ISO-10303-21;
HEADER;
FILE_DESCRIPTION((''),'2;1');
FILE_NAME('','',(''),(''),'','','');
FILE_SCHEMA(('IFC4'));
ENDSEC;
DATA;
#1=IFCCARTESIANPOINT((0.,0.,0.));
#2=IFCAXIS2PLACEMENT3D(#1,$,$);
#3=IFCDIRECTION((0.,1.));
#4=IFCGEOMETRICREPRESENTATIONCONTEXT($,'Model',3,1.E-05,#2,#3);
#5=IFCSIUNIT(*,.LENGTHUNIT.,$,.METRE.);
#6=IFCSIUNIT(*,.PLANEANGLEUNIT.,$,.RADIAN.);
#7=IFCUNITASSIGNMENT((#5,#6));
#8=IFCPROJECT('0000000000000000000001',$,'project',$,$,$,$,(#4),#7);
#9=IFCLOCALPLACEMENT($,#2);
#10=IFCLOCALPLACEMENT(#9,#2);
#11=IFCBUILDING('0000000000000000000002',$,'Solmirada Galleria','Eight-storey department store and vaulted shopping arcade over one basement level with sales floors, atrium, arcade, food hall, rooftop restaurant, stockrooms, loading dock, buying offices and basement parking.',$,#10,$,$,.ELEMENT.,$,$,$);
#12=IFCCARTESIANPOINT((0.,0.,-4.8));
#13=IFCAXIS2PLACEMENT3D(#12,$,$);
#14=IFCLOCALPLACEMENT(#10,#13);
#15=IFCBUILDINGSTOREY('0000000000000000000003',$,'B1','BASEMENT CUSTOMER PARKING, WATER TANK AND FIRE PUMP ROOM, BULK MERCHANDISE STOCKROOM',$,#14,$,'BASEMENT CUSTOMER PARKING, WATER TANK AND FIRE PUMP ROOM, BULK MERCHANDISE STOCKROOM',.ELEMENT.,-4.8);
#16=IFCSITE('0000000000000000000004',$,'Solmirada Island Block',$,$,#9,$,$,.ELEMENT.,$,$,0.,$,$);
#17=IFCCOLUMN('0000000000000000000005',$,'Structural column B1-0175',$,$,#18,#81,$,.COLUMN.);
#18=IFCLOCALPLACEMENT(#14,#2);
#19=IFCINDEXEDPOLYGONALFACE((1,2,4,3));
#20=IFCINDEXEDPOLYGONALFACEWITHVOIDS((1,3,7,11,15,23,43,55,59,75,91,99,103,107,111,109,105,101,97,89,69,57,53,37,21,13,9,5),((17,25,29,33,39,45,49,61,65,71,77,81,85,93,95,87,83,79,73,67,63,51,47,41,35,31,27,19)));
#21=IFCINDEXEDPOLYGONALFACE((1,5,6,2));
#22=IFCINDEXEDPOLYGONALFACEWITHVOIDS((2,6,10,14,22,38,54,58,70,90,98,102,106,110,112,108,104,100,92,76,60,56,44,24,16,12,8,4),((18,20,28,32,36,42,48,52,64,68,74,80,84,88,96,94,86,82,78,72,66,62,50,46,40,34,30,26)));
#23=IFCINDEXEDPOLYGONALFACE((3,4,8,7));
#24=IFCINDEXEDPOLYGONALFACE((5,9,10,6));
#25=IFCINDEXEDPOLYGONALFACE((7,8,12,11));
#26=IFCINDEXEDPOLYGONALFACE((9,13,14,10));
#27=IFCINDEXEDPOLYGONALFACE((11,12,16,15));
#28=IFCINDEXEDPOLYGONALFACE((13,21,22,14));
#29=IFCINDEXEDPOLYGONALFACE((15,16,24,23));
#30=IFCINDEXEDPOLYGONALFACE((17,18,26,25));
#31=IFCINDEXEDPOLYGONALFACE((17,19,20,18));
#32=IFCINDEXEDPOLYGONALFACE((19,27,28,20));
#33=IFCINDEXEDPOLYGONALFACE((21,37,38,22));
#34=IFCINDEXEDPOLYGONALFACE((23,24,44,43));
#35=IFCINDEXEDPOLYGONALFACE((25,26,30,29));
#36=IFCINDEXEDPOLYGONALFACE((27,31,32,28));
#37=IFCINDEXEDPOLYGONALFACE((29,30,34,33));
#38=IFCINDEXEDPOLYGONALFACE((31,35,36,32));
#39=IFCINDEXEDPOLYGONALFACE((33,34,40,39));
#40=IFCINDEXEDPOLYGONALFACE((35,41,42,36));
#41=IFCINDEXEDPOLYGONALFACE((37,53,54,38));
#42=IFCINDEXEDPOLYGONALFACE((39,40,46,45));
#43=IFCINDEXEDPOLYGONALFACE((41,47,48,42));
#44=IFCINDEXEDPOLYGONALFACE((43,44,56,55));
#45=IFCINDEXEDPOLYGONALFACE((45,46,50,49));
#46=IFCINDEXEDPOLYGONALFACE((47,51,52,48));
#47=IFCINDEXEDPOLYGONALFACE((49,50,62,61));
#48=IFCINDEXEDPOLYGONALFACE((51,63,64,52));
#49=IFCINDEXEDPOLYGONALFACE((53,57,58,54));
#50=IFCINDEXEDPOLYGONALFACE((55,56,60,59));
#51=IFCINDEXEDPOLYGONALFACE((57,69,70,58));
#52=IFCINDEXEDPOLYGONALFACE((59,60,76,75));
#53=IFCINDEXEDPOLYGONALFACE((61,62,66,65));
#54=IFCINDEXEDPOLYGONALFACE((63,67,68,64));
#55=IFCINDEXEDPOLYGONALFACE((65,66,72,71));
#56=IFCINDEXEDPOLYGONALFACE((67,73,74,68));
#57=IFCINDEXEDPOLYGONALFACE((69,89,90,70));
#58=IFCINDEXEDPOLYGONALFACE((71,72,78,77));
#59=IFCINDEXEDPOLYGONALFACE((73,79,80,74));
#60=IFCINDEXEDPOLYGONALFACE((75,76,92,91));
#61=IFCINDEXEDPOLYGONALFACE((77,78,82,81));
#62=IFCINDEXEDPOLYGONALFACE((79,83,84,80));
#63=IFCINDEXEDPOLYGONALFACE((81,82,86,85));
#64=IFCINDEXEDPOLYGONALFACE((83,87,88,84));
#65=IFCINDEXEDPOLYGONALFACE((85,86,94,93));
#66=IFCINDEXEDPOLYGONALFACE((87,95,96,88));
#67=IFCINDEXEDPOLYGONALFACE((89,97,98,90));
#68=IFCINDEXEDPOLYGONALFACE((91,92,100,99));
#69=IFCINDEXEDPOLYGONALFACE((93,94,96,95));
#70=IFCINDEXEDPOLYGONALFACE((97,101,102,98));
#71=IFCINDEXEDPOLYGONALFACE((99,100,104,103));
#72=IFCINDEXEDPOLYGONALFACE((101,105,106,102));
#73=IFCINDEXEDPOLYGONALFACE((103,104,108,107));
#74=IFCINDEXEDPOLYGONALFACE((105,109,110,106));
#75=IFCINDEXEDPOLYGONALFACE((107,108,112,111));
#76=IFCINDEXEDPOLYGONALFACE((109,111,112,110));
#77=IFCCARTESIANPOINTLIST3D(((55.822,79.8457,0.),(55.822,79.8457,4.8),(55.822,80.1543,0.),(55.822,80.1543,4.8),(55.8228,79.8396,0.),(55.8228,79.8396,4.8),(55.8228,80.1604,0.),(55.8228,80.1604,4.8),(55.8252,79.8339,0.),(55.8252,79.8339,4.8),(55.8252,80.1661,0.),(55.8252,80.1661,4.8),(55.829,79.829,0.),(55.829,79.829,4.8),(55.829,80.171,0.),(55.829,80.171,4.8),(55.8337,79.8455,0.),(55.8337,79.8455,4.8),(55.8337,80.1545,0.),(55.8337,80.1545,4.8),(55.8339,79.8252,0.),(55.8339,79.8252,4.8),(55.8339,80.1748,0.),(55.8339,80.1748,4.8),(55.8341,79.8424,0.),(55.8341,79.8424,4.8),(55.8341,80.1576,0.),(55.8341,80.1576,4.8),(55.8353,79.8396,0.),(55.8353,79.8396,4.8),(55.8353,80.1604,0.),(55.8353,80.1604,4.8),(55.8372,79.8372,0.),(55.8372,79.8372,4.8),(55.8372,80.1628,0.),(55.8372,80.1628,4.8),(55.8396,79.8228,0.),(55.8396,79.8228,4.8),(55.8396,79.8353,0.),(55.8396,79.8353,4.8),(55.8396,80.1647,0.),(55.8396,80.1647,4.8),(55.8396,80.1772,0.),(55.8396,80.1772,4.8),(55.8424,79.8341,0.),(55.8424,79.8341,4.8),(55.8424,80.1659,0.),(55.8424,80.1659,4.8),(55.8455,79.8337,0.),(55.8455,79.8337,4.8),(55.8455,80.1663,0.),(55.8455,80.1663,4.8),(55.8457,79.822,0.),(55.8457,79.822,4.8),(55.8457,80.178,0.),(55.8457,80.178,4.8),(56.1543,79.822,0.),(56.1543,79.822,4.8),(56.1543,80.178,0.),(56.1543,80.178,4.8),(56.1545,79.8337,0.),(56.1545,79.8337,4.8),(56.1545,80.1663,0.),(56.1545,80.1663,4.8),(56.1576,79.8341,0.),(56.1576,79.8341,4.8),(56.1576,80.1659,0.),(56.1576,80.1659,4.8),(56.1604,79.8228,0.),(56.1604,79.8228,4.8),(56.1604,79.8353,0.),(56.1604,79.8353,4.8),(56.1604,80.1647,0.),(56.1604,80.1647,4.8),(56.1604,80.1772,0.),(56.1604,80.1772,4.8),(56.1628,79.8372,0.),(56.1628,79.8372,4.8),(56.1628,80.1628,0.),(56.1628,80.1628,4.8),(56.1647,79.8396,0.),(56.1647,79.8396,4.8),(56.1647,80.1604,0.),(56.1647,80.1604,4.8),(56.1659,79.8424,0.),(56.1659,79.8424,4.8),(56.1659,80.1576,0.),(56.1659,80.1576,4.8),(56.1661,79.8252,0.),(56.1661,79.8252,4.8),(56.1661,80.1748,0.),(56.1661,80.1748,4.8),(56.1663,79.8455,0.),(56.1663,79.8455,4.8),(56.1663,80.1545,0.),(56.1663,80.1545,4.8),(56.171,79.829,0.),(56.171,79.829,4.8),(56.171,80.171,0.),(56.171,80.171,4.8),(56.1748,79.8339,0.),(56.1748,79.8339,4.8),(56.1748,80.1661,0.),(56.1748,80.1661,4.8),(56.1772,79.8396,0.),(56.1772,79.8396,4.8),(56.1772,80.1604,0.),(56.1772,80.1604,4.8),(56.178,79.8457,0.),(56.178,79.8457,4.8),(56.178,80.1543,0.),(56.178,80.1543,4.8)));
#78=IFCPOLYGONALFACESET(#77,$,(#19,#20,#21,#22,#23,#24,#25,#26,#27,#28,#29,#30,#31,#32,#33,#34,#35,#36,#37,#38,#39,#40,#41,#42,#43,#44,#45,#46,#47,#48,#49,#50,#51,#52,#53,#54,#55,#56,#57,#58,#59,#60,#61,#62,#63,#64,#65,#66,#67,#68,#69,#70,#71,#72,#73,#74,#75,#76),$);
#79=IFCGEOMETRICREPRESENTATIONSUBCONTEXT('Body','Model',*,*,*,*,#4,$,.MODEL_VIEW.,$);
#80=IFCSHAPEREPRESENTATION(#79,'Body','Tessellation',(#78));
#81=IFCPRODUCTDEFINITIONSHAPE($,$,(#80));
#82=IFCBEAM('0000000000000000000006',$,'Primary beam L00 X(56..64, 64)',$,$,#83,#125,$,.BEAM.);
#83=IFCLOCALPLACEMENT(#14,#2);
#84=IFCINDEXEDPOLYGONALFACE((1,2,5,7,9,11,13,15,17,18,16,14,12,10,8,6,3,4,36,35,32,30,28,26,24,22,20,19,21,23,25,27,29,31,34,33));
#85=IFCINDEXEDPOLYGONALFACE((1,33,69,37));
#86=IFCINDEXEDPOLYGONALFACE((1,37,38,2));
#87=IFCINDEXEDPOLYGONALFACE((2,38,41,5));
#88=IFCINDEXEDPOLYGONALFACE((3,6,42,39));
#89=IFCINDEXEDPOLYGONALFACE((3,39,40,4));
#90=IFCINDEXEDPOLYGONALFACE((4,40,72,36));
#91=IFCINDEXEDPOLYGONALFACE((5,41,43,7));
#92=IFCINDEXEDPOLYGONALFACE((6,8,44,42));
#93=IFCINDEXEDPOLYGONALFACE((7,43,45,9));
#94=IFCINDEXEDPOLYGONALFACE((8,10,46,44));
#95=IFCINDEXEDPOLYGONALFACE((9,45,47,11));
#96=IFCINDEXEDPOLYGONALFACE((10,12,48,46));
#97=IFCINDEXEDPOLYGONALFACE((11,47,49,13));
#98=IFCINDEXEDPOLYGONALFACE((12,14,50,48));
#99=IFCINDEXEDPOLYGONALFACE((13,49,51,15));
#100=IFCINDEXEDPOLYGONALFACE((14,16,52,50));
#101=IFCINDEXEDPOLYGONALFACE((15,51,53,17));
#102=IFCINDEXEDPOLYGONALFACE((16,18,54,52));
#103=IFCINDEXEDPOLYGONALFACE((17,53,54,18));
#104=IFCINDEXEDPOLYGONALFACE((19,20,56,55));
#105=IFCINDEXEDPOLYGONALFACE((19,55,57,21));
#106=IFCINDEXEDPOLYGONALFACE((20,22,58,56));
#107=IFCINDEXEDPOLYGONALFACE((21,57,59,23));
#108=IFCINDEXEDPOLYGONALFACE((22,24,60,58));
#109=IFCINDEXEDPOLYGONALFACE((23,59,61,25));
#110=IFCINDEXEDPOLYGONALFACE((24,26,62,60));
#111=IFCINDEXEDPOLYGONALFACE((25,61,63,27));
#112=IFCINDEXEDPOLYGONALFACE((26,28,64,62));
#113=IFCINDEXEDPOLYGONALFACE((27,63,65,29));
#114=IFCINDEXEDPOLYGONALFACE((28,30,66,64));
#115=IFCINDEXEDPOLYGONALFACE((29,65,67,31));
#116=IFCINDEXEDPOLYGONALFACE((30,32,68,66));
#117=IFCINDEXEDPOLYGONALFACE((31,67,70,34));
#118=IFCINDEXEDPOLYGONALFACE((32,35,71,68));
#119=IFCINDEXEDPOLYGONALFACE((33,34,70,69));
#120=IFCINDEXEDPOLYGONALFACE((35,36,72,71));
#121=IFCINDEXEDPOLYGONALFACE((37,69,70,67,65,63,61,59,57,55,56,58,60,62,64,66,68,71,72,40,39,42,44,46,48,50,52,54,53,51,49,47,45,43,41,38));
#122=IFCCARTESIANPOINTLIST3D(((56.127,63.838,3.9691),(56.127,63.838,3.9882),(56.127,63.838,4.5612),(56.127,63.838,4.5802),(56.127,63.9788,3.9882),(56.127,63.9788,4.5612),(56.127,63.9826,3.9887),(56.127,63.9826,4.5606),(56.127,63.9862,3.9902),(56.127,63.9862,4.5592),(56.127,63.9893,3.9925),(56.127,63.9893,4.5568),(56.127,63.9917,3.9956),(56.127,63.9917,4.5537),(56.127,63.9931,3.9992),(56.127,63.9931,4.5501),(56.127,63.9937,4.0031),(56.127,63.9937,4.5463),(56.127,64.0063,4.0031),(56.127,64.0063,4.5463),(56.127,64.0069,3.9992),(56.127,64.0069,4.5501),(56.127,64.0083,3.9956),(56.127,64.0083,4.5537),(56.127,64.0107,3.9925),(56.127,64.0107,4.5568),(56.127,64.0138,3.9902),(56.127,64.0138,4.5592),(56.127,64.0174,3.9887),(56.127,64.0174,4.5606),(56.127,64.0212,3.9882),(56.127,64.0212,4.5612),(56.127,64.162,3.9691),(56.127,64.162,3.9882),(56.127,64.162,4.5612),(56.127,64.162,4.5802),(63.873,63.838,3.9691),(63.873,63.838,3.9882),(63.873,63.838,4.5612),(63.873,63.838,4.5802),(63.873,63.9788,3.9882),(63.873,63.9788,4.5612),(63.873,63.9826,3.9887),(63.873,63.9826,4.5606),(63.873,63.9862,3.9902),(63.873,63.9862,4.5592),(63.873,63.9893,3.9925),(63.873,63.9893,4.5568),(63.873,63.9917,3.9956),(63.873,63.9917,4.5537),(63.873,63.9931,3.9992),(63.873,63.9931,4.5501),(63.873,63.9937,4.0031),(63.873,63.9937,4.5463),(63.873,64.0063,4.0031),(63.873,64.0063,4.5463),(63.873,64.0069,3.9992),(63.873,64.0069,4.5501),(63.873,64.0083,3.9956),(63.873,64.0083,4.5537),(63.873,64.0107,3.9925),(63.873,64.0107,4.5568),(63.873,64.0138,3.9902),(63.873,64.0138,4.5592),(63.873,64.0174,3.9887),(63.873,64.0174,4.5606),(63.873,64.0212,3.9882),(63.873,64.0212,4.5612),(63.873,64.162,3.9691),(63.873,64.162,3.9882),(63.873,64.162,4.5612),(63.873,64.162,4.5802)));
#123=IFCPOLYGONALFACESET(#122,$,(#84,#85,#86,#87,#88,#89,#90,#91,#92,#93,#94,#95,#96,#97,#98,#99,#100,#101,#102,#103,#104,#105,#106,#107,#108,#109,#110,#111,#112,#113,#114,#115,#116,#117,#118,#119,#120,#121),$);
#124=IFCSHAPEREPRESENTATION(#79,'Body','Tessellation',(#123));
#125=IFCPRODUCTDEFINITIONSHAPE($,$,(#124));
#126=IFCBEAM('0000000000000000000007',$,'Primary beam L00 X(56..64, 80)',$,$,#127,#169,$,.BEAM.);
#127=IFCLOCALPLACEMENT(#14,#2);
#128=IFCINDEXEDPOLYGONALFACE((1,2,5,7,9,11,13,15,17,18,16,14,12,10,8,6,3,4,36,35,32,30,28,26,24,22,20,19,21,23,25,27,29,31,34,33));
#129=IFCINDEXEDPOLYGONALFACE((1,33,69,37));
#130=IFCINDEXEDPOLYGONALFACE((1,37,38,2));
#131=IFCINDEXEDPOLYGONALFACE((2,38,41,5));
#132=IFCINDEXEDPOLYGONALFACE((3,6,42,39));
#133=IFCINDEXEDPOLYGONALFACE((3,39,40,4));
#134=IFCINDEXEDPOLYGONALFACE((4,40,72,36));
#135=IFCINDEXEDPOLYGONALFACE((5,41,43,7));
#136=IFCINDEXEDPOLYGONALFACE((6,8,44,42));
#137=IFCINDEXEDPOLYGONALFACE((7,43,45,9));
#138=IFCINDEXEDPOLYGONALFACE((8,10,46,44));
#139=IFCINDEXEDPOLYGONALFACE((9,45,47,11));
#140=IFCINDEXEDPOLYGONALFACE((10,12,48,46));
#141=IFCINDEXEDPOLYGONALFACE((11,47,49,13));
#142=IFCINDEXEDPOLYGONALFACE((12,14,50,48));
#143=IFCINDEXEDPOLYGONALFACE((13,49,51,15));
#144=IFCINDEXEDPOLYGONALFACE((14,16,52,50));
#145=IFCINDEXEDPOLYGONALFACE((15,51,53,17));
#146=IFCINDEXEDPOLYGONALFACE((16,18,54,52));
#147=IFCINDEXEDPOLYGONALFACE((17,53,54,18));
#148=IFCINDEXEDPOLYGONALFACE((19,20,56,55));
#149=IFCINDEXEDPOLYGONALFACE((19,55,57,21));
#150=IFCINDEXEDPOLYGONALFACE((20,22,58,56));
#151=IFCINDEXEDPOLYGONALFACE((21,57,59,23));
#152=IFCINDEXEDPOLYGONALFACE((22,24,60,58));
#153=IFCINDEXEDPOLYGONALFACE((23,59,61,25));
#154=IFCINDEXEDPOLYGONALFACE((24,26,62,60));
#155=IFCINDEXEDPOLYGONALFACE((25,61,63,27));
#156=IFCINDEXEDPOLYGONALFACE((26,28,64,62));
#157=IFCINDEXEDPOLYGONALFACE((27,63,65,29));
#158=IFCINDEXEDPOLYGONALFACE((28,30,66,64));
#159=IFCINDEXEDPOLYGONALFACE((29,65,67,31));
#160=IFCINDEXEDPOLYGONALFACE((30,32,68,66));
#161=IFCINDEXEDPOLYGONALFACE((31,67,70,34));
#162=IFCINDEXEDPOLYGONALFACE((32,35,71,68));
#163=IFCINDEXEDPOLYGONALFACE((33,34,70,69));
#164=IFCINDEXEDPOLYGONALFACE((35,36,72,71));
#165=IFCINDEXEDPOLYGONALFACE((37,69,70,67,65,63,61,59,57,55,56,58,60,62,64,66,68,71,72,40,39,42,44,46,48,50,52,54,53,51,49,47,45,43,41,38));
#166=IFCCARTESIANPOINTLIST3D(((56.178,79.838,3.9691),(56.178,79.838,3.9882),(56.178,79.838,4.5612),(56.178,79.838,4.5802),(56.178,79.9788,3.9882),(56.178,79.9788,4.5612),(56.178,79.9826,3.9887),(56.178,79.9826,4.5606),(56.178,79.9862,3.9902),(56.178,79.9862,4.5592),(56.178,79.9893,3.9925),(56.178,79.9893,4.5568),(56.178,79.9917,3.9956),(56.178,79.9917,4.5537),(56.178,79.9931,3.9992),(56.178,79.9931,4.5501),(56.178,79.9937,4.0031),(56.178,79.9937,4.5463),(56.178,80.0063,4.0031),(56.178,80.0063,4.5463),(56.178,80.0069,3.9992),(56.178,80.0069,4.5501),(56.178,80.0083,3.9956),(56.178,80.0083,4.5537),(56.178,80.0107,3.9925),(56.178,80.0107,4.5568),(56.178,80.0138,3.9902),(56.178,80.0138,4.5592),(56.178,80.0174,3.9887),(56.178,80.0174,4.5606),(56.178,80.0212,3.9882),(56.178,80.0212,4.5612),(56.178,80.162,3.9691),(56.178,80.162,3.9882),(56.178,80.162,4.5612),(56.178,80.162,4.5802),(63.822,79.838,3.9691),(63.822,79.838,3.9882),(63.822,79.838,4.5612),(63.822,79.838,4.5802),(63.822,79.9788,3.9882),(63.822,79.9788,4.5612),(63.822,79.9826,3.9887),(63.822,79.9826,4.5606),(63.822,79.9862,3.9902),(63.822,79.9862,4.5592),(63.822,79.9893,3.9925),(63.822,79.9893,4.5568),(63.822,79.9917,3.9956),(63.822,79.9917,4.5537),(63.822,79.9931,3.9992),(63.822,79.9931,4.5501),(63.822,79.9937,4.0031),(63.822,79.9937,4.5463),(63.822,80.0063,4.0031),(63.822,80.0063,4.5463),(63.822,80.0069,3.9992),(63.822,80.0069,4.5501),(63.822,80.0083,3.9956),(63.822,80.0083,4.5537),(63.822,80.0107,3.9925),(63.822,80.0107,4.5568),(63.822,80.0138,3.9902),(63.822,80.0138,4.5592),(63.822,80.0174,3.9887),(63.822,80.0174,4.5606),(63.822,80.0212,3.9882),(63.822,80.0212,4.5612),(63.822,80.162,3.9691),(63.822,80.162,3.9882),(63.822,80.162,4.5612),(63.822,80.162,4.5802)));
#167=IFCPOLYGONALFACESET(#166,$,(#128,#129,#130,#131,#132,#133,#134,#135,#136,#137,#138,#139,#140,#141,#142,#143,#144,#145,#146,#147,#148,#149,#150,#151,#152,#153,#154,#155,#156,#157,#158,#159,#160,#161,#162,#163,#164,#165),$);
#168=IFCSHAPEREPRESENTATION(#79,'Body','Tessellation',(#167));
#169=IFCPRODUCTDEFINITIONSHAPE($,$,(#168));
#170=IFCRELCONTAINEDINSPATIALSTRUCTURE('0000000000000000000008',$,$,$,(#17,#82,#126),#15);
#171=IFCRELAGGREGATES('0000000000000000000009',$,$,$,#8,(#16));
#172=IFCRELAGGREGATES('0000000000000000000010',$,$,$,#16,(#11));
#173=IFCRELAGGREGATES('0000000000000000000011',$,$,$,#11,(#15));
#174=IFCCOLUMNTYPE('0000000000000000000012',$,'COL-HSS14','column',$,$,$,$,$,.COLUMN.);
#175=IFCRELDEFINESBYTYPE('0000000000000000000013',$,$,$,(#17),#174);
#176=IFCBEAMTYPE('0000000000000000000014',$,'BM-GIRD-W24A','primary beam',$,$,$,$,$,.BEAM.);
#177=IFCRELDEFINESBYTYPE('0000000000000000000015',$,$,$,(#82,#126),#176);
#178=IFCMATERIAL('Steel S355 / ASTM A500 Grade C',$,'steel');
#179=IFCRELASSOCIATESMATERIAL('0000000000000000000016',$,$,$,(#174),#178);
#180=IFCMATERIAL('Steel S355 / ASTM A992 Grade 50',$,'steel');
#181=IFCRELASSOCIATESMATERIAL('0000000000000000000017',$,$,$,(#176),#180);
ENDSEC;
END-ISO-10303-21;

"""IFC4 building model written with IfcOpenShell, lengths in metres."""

from ifc_helpers import new_model, si_unit, direction, frame, origin, origin_2d, place, context, subcontext, project, spatial, hollow_rectangle, i_section, extrude, material, material_profile, profile_set, type_object, element, save


model = new_model("IFC4")

# Units and contexts
model_context = context("Model", 3, precision=1e-05, world=origin(), true_north=direction((0.0, 1.0)))
body_context = subcontext(model_context, "Body", "Model", "MODEL_VIEW")
ifc_project = project(units=[si_unit("LENGTHUNIT", "METRE"), si_unit("PLANEANGLEUNIT", "RADIAN")], contexts=[model_context])

# Site, building, storey
site_placement = place(None, origin())
site = spatial("IfcSite", under=ifc_project, at=site_placement, Name="Solmirada Island Block", CompositionType="ELEMENT", RefElevation=0.0)
building_placement = place(site_placement, origin())
building = spatial("IfcBuilding", under=site, at=building_placement, Name="Solmirada Galleria", Description="Eight-storey department store and vaulted shopping arcade over one basement level with sales floors, atrium, arcade, food hall, rooftop restaurant, stockrooms, loading dock, buying offices and basement parking.", CompositionType="ELEMENT")
storey_placement = place(building_placement, frame((0.0, 0.0, -4.8)))
storey = spatial("IfcBuildingStorey", under=building, at=storey_placement, Name="B1", Description="BASEMENT CUSTOMER PARKING, WATER TANK AND FIRE PUMP ROOM, BULK MERCHANDISE STOCKROOM", LongName="BASEMENT CUSTOMER PARKING, WATER TANK AND FIRE PUMP ROOM, BULK MERCHANDISE STOCKROOM", CompositionType="ELEMENT", Elevation=-4.8)

# Column
ifc_material_1 = material(Name="Steel S355 / ASTM A500 Grade C", Category="steel")
ifc_material_profile_1 = material_profile(ifc_material_1, hollow_rectangle(XDim=0.356, YDim=0.356, WallThickness=0.0117, InnerFilletRadius=0.0117, OuterFilletRadius=0.0237, at=origin_2d()), Name="HSS14X14X1/2")
ifc_profile_set_1 = profile_set([ifc_material_profile_1], Name="Steel S355 / ASTM A500 Grade C")
column_type_1 = type_object("IfcColumnType", Name="COL-HSS14", Description="column", PredefinedType="COLUMN", material=ifc_profile_set_1)
column_1_placement = place(storey_placement, frame((56.0, 80.0, 0.0), z_axis=(0.0, 0.0, 1.0), x_axis=(1.0, 0.0, 0.0)))
element("IfcColumn", 1, at=column_1_placement, inside=storey, type_object=column_type_1, Name="Structural column B1-0175", PredefinedType="COLUMN", context=body_context, shape_type="SweptSolid", body=[
    extrude(hollow_rectangle(XDim=0.356, YDim=0.356, WallThickness=0.0117, InnerFilletRadius=0.0117, OuterFilletRadius=0.0237, at=origin_2d()), origin(), (0.0, 0.0, 1.0), 4.8),
])

# Beams
ifc_material_2 = material(Name="Steel S355 / ASTM A992 Grade 50", Category="steel")
ifc_material_profile_2 = material_profile(ifc_material_2, i_section(OverallWidth=0.324, OverallDepth=0.6111, WebThickness=0.0127, FlangeThickness=0.019, FilletRadius=0.0149, at=origin_2d()), Name="W24X104")
ifc_profile_set_2 = profile_set([ifc_material_profile_2], Name="Steel S355 / ASTM A992 Grade 50")
beam_type_1 = type_object("IfcBeamType", Name="BM-GIRD-W24A", Description="primary beam", PredefinedType="BEAM", material=ifc_profile_set_2)
beam_1_placement = place(storey_placement, frame((56.127, 64.0, 4.2747), z_axis=(1.0, 0.0, 0.0), x_axis=(0.0, 1.0, 0.0)))
element("IfcBeam", 2, at=beam_1_placement, inside=storey, type_object=beam_type_1, Name="Primary beam L00 X(56..64, 64)", PredefinedType="BEAM", context=body_context, shape_type="SweptSolid", body=[
    extrude(i_section(OverallWidth=0.324, OverallDepth=0.6111, WebThickness=0.0127, FlangeThickness=0.019, FilletRadius=0.0149, at=origin_2d()), origin(), (0.0, 0.0, 1.0), 7.7461),
])
beam_2_placement = place(storey_placement, frame((56.178, 80.0, 4.2747), z_axis=(1.0, 0.0, 0.0), x_axis=(0.0, 1.0, 0.0)))
element("IfcBeam", 3, at=beam_2_placement, inside=storey, type_object=beam_type_1, Name="Primary beam L00 X(56..64, 80)", PredefinedType="BEAM", context=body_context, shape_type="SweptSolid", body=[
    extrude(i_section(OverallWidth=0.324, OverallDepth=0.6111, WebThickness=0.0127, FlangeThickness=0.019, FilletRadius=0.0149, at=origin_2d()), origin(), (0.0, 0.0, 1.0), 7.644),
])

save(model, "model.ifc")
